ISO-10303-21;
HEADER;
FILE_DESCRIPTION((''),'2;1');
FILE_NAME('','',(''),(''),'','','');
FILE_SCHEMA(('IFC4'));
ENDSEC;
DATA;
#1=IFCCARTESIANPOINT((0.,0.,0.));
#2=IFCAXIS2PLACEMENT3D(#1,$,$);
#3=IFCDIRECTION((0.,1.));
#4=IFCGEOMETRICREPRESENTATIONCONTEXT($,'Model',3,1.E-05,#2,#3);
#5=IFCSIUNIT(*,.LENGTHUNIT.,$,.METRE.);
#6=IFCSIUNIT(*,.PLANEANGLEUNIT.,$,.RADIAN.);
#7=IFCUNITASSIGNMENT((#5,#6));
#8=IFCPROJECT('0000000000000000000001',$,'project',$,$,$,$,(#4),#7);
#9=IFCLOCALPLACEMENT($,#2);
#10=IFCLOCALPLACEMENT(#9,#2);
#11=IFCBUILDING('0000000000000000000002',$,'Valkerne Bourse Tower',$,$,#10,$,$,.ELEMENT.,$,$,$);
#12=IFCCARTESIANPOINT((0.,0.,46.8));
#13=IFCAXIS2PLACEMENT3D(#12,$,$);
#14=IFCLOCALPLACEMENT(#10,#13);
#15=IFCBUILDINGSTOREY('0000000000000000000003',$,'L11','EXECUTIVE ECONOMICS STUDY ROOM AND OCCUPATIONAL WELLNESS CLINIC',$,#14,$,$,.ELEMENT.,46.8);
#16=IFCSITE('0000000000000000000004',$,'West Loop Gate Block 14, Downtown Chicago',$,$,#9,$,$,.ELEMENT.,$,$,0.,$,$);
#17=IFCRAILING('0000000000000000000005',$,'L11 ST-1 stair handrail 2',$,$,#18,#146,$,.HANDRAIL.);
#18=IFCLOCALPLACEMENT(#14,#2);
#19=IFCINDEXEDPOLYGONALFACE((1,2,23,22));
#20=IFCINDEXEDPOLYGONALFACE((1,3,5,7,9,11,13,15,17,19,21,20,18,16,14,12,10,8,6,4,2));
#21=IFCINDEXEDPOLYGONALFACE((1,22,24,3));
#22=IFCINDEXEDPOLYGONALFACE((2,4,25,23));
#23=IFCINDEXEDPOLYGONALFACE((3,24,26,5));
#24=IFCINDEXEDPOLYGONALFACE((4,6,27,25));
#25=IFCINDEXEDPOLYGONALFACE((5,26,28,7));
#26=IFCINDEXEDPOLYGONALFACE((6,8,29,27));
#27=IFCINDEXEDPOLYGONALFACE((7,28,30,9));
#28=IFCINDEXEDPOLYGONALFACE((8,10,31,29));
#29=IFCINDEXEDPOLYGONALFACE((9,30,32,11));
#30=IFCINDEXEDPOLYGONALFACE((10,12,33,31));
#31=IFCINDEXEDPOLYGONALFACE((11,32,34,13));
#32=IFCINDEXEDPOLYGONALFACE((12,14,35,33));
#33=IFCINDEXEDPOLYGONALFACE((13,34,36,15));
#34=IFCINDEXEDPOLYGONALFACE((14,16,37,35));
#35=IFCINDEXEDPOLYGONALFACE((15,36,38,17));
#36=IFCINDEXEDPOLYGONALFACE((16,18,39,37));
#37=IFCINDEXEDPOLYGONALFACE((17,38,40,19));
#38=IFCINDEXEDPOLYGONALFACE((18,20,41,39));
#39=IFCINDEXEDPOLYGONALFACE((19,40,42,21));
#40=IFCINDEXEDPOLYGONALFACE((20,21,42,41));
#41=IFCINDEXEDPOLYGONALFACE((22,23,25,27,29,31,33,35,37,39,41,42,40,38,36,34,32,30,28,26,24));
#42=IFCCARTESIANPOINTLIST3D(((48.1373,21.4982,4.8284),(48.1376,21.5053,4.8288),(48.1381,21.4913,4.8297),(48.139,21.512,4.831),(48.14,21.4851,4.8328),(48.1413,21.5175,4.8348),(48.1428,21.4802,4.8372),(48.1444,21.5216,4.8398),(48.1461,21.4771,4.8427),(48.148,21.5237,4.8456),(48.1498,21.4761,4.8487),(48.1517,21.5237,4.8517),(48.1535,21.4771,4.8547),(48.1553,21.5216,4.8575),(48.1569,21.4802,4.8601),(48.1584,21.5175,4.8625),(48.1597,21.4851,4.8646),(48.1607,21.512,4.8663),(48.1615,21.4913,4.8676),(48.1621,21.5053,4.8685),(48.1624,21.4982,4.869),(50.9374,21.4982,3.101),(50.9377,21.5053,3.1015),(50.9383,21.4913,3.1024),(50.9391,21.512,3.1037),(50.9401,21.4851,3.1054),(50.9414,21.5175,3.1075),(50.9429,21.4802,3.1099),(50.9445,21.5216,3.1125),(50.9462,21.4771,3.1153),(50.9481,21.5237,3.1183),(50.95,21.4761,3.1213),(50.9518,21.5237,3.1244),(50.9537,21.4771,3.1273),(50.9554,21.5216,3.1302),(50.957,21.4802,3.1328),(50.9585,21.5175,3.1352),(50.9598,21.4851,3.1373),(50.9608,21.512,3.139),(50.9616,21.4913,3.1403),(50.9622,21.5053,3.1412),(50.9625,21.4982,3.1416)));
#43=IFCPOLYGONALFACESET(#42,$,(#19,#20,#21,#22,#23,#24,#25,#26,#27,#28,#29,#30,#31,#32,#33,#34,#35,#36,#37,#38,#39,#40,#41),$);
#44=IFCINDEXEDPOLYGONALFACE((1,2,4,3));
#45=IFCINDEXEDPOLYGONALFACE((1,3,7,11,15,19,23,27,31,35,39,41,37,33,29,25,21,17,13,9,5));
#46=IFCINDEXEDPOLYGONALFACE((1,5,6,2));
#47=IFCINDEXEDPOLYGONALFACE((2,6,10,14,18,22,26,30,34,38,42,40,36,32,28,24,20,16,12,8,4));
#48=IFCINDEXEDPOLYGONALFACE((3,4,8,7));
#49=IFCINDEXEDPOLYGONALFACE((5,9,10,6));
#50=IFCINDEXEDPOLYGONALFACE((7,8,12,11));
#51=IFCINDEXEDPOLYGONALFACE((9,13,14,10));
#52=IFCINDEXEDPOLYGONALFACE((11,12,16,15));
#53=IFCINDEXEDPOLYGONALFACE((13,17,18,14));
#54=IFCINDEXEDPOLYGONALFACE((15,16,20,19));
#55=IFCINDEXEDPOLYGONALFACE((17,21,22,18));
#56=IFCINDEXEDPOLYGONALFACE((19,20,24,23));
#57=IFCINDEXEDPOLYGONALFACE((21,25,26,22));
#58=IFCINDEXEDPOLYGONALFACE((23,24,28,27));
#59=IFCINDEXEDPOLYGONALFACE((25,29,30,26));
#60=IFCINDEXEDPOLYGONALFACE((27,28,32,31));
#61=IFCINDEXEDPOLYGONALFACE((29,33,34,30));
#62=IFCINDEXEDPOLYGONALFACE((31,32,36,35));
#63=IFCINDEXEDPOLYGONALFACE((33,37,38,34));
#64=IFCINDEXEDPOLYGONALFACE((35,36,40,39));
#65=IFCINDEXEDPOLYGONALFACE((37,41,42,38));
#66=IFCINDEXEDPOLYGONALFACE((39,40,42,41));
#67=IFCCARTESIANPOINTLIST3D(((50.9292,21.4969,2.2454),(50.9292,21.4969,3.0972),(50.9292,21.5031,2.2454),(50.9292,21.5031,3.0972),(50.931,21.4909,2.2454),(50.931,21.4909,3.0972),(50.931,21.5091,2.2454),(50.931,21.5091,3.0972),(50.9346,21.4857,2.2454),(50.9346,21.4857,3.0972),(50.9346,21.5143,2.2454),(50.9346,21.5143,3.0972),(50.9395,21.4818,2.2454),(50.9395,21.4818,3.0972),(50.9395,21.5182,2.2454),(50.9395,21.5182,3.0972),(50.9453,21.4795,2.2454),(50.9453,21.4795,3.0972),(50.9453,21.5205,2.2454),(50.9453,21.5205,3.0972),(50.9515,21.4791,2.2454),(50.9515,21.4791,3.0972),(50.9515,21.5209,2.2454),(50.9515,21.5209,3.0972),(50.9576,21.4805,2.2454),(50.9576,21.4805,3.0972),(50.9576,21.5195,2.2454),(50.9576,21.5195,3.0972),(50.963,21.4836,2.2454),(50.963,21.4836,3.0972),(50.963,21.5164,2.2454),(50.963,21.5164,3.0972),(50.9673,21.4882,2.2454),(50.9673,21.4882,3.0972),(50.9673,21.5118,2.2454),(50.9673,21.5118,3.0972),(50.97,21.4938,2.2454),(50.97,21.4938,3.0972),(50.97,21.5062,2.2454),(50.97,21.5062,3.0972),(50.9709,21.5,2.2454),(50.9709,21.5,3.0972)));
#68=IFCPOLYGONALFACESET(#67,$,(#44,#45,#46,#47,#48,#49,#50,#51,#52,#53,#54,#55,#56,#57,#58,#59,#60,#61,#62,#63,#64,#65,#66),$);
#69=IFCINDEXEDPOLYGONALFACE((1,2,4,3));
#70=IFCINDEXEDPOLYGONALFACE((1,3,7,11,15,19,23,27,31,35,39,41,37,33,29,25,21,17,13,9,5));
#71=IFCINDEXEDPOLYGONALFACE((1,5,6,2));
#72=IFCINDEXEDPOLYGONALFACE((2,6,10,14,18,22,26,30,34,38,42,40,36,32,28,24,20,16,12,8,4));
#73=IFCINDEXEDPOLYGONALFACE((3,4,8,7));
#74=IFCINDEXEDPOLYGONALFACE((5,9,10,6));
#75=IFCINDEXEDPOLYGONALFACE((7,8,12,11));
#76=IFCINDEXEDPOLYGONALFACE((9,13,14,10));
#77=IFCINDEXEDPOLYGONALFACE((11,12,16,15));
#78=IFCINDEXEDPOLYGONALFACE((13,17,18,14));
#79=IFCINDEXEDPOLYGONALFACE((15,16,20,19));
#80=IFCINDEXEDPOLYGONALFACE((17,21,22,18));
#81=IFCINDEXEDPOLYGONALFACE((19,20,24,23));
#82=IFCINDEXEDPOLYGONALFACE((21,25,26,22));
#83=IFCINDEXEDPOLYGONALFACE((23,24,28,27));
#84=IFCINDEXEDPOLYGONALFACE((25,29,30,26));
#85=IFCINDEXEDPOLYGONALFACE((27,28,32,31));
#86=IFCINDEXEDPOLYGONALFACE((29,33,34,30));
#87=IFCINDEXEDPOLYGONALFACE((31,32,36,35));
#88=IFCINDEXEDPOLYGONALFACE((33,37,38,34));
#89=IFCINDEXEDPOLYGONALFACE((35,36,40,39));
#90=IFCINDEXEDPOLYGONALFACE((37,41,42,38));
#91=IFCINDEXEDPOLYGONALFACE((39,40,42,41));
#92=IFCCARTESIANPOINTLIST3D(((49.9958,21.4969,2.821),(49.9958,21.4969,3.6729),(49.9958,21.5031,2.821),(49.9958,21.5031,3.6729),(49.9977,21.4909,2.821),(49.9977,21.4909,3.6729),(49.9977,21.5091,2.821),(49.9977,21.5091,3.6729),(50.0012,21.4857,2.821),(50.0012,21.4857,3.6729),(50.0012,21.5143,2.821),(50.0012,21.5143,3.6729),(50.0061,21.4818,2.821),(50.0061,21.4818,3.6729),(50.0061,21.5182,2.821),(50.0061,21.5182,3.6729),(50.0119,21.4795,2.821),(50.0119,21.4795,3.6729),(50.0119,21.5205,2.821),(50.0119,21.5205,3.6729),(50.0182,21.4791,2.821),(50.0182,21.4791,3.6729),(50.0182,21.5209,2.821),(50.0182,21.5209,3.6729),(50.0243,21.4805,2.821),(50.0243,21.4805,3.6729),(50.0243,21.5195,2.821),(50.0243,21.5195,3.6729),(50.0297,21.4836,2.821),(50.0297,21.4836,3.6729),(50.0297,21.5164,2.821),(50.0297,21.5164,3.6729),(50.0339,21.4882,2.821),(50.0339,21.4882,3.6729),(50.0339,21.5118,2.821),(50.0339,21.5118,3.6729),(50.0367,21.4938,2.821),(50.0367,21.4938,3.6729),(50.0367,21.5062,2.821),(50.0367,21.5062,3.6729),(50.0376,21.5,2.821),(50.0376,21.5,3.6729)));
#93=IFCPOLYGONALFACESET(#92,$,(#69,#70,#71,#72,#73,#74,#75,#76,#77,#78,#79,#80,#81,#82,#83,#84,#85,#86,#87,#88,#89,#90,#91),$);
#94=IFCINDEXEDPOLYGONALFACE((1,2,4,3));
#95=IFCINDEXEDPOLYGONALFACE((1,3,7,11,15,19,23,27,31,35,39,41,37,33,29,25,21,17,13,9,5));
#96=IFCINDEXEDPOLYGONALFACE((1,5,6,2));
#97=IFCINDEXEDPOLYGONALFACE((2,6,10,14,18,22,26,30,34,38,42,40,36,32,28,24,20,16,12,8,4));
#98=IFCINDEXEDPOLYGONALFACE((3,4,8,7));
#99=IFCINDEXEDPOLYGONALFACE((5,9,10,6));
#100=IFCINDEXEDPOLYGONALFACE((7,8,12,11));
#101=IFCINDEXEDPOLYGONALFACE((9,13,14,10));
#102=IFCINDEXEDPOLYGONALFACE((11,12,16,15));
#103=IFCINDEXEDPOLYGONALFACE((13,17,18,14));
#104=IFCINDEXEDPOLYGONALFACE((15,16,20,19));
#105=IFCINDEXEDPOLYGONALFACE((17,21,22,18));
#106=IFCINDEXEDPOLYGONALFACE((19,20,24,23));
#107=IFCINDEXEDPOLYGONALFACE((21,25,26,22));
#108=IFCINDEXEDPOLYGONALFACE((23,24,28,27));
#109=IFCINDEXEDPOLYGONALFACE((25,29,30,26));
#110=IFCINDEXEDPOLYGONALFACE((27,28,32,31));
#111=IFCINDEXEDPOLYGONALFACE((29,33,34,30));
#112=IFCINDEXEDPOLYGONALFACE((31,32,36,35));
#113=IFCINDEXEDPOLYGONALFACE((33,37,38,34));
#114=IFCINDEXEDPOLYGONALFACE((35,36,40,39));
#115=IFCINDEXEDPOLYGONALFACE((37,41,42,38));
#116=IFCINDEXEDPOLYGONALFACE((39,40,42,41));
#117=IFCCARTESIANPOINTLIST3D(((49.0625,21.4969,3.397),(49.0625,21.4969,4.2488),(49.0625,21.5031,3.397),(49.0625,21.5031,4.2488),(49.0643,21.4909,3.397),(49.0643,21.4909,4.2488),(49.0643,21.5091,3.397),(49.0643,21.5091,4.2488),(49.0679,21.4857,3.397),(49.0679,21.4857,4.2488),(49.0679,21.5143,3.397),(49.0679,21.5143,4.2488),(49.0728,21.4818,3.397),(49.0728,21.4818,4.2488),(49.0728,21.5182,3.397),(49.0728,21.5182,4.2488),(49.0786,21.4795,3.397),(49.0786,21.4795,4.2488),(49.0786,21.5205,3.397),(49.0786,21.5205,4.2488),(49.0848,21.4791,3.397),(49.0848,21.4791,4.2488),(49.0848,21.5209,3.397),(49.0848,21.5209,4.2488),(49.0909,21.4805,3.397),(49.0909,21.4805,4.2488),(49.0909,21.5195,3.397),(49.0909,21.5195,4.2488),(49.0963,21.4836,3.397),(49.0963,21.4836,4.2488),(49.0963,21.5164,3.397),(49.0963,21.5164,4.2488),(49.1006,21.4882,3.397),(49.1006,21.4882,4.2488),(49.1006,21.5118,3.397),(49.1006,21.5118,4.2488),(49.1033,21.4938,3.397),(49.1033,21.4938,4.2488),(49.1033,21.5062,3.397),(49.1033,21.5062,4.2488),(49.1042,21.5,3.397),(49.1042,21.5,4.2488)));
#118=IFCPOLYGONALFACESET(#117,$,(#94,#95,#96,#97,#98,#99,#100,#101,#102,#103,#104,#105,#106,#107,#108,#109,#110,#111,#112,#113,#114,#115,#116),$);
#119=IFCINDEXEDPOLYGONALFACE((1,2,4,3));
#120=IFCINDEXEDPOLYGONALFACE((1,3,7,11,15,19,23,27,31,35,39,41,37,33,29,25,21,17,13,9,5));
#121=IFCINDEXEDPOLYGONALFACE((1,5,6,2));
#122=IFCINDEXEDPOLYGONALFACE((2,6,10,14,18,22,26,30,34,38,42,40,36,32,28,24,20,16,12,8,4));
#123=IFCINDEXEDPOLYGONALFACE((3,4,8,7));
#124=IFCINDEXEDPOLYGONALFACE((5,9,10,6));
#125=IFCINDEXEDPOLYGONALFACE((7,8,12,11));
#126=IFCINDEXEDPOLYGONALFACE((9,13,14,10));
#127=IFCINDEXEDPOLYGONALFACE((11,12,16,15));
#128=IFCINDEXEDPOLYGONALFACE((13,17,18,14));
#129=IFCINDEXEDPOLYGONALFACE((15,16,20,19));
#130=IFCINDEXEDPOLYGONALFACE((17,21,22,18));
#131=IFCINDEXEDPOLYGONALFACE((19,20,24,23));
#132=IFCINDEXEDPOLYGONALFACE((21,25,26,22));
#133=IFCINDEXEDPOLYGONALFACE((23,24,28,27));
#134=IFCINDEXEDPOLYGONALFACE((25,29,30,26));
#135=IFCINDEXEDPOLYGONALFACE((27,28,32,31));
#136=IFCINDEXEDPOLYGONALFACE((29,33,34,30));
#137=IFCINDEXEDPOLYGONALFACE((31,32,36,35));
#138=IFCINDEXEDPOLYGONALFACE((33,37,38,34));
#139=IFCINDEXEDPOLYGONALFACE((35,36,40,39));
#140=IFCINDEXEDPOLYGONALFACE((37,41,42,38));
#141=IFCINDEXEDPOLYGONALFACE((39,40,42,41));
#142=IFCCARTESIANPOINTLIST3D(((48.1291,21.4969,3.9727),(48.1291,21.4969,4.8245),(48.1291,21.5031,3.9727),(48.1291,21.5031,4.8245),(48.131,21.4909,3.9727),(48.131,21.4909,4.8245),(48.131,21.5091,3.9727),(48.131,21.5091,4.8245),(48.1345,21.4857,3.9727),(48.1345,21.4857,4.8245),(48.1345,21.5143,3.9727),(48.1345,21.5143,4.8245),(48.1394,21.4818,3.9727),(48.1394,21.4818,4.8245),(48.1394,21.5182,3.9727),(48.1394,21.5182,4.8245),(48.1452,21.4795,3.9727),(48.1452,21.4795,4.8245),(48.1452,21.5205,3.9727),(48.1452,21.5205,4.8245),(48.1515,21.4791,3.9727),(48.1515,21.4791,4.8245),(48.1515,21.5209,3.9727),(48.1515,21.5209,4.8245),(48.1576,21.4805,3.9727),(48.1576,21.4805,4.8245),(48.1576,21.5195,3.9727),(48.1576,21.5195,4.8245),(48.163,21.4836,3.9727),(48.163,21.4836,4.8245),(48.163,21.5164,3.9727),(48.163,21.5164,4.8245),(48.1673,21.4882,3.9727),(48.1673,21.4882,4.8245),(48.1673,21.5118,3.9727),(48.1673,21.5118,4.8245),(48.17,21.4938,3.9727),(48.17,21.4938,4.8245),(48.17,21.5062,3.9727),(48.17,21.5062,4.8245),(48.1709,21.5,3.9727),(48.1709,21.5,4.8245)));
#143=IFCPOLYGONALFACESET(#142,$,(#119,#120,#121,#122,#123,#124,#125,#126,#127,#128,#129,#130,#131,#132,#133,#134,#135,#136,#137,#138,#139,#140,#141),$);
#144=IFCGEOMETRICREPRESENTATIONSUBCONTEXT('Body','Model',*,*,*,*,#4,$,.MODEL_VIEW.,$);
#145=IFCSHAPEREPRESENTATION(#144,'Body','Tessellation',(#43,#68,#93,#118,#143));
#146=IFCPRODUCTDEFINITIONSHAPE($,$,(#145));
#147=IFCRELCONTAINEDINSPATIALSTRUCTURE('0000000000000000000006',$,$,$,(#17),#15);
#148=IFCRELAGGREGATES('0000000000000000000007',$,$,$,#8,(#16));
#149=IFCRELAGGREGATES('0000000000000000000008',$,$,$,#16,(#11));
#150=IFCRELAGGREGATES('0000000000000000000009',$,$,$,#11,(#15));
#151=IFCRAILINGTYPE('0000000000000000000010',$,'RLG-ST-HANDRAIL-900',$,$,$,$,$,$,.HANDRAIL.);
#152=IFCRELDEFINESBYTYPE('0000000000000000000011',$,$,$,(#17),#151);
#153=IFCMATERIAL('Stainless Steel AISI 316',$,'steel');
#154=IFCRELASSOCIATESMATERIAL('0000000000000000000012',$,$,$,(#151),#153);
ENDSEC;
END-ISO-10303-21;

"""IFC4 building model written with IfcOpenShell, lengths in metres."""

from ifc_helpers import new_model, si_unit, direction, frame, origin, origin_2d, place, context, subcontext, project, spatial, circle, extrude, material, type_object, element, save


model = new_model("IFC4")

# Units and contexts
model_context = context("Model", 3, precision=1e-05, world=origin(), true_north=direction((0.0, 1.0)))
body_context = subcontext(model_context, "Body", "Model", "MODEL_VIEW")
ifc_project = project(units=[si_unit("LENGTHUNIT", "METRE"), si_unit("PLANEANGLEUNIT", "RADIAN")], contexts=[model_context])

# Site, building, storey
site_placement = place(None, origin())
site = spatial("IfcSite", under=ifc_project, at=site_placement, Name="West Loop Gate Block 14, Downtown Chicago", CompositionType="ELEMENT", RefElevation=0.0)
building_placement = place(site_placement, origin())
building = spatial("IfcBuilding", under=site, at=building_placement, Name="Valkerne Bourse Tower", CompositionType="ELEMENT")
storey_placement = place(building_placement, frame((0.0, 0.0, 46.8)))
storey = spatial("IfcBuildingStorey", under=building, at=storey_placement, Name="L11", Description="EXECUTIVE ECONOMICS STUDY ROOM AND OCCUPATIONAL WELLNESS CLINIC", CompositionType="ELEMENT", Elevation=46.8)

# Shared definitions
ifc_material_1 = material(Name="Stainless Steel AISI 316", Category="steel")

# Railing
railing_type_1 = type_object("IfcRailingType", Name="RLG-ST-HANDRAIL-900", PredefinedType="HANDRAIL", material=ifc_material_1)
railing_1_placement = place(storey_placement, frame((50.95, 21.5, 2.2454)))
element("IfcRailing", 1, at=railing_1_placement, inside=storey, type_object=railing_type_1, Name="L11 ST-1 stair handrail 2", PredefinedType="HANDRAIL", context=body_context, shape_type="SweptSolid", body=[
    extrude(circle(Radius=0.0239, at=origin_2d()), frame((0.0, 0.0, 0.876), z_axis=(-0.85109, 0.0, 0.52502), x_axis=(0.0, -1.0, 0.0)), (0.0, 0.0, 1.0), 3.29),
    extrude(circle(Radius=0.021, at=origin_2d()), origin(), (0.0, 0.0, 1.0), 0.8518),
    extrude(circle(Radius=0.021, at=origin_2d()), frame((-0.9333, 0.0, 0.5757)), (0.0, 0.0, 1.0), 0.8518),
    extrude(circle(Radius=0.021, at=origin_2d()), frame((-1.8667, 0.0, 1.1516)), (0.0, 0.0, 1.0), 0.8518),
    extrude(circle(Radius=0.021, at=origin_2d()), frame((-2.8, 0.0, 1.7273)), (0.0, 0.0, 1.0), 0.8518),
])

save(model, "model.ifc")
